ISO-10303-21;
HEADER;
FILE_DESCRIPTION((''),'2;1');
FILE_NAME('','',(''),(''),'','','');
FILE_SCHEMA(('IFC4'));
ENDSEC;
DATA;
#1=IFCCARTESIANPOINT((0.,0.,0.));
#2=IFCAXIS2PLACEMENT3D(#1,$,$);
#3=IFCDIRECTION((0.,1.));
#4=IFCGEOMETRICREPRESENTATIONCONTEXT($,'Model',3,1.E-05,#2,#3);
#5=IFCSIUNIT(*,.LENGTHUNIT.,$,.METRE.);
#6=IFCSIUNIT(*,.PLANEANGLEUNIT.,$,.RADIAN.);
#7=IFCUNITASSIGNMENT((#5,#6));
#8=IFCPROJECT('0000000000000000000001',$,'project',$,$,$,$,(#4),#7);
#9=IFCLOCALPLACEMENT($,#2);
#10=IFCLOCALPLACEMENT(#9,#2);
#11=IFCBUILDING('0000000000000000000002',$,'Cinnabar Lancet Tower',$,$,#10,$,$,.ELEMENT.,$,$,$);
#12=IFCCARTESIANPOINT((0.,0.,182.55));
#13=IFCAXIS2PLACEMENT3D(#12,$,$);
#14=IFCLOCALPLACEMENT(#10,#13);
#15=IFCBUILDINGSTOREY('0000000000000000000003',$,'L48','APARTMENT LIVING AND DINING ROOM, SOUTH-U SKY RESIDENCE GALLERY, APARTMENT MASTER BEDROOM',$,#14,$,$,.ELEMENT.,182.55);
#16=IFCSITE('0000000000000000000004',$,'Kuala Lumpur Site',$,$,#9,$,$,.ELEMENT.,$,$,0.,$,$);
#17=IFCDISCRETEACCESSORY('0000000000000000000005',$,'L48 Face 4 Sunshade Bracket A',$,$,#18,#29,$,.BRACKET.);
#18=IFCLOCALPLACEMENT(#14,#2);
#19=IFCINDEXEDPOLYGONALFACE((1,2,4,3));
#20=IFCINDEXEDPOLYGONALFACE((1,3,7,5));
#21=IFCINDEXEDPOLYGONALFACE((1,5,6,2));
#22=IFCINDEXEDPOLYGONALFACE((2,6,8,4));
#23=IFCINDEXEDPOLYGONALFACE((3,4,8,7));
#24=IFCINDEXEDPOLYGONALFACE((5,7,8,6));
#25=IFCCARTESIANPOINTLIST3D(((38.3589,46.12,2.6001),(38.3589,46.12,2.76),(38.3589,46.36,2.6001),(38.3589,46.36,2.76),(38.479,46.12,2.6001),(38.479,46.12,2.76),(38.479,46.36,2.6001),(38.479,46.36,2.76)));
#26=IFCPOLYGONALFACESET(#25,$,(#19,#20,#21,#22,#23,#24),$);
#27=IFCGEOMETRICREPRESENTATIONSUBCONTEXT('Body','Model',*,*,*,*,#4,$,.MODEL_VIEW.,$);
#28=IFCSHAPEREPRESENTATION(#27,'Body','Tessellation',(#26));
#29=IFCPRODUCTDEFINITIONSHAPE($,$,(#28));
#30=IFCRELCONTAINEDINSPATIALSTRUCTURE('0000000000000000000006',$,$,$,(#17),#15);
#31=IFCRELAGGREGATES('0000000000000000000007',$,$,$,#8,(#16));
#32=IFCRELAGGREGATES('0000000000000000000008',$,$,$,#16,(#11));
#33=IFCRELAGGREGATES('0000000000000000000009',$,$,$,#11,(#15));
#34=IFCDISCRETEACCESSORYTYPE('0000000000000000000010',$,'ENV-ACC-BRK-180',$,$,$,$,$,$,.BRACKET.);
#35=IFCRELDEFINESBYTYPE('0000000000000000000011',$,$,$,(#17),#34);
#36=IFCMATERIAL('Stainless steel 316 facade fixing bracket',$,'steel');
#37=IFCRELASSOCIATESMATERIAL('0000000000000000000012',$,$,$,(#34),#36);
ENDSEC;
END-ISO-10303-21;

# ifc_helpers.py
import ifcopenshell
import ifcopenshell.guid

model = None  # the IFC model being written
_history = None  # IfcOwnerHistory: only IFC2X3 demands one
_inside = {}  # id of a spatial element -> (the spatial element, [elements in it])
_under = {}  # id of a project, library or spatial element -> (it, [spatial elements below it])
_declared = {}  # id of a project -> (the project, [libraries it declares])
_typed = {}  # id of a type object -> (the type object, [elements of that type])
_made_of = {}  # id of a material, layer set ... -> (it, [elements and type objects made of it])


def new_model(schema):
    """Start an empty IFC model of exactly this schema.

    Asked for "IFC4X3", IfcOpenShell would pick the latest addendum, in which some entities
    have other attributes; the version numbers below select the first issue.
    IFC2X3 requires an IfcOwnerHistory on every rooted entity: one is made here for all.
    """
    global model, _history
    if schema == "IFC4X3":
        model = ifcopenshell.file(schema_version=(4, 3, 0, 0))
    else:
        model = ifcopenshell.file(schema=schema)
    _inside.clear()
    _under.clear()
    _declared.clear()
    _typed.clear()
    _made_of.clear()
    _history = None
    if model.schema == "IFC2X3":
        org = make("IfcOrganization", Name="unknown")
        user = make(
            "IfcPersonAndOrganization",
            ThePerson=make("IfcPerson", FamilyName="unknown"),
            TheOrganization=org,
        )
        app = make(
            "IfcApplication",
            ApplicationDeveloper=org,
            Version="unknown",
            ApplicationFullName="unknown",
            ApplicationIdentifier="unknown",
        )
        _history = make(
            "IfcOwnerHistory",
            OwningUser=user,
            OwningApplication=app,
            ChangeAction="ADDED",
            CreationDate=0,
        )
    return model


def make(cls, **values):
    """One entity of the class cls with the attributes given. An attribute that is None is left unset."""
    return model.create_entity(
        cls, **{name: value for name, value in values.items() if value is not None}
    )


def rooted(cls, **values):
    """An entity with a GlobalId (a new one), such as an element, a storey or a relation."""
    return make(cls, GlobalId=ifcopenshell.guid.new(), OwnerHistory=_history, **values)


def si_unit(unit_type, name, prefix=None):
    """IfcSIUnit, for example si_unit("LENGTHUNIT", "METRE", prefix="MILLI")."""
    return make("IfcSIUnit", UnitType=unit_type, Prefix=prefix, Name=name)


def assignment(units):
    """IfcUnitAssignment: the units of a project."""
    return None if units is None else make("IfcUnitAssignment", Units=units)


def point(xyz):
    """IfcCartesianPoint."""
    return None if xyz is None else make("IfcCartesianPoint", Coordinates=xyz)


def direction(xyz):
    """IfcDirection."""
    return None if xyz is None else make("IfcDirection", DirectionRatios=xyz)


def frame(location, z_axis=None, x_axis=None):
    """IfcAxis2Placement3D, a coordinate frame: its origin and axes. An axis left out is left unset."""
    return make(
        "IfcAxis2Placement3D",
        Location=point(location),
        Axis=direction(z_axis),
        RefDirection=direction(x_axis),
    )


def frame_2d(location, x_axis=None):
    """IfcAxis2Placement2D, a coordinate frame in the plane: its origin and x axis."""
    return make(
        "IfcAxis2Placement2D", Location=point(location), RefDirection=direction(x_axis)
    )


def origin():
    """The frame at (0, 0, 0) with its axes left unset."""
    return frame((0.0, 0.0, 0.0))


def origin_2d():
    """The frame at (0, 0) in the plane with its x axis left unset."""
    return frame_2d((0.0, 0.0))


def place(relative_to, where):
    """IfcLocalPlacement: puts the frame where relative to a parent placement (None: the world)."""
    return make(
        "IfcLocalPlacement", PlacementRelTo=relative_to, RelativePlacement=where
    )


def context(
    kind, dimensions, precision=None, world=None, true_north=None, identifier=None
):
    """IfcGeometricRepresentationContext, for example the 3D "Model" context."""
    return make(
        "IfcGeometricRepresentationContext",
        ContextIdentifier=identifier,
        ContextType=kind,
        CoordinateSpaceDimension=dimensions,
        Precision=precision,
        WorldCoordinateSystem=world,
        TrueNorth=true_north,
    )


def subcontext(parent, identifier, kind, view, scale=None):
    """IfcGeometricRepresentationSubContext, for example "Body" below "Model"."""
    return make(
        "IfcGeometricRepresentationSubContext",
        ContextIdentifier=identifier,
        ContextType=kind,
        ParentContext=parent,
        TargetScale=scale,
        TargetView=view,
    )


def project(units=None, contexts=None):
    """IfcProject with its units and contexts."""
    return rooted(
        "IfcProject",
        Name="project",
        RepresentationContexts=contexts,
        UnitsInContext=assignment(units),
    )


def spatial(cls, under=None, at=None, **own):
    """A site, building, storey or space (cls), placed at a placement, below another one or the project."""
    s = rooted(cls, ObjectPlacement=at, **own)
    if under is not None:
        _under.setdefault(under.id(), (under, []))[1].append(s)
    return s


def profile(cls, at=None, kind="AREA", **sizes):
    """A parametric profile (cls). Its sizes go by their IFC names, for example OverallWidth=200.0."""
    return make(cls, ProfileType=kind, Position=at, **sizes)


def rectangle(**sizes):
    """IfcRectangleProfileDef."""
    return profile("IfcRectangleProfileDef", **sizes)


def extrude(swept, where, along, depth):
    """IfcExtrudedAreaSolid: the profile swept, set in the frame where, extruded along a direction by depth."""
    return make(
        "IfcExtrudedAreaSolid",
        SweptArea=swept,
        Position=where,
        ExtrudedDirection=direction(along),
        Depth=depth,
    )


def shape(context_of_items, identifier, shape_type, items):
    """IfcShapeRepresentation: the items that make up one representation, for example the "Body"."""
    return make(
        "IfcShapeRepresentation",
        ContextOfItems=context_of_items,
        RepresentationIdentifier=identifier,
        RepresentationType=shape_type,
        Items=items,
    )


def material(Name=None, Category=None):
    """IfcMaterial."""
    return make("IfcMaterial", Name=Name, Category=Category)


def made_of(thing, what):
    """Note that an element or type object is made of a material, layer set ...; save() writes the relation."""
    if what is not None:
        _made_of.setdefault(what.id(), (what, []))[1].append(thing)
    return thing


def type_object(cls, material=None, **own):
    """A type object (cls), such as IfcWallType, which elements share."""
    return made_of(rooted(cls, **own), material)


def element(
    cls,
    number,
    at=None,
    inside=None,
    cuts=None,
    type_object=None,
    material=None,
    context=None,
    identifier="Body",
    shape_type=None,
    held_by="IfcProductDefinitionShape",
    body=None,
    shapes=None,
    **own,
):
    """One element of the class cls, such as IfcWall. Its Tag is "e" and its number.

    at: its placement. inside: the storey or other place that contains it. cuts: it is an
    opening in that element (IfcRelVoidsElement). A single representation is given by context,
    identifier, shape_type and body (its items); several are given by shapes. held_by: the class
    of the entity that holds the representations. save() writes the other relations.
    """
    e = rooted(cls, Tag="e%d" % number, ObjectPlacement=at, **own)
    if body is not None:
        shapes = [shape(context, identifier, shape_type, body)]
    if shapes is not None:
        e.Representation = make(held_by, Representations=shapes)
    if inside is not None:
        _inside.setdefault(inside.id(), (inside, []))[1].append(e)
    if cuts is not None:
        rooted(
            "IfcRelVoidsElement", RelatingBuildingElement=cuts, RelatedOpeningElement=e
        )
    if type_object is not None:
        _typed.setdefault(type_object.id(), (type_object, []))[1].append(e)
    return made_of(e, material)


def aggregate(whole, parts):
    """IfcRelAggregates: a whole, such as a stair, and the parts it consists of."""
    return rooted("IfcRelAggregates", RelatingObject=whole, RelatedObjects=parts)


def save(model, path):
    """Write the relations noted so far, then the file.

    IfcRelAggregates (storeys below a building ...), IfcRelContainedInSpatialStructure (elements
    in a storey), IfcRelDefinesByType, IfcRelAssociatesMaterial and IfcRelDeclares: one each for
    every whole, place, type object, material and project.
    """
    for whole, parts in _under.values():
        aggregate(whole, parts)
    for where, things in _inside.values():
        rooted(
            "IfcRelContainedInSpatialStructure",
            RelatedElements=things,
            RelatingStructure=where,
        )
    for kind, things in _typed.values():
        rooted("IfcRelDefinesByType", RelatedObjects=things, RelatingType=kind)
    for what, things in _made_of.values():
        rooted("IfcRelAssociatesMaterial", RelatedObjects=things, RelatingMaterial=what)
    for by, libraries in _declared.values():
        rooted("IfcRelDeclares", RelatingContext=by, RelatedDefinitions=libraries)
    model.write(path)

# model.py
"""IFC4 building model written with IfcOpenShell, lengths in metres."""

from ifc_helpers import new_model, si_unit, direction, frame, origin, origin_2d, place, context, subcontext, project, spatial, rectangle, extrude, material, type_object, element, save


model = new_model("IFC4")

# Units and contexts
model_context = context("Model", 3, precision=1e-05, world=origin(), true_north=direction((0.0, 1.0)))
body_context = subcontext(model_context, "Body", "Model", "MODEL_VIEW")
ifc_project = project(units=[si_unit("LENGTHUNIT", "METRE"), si_unit("PLANEANGLEUNIT", "RADIAN")], contexts=[model_context])

# Site, building, storey
site_placement = place(None, origin())
site = spatial("IfcSite", under=ifc_project, at=site_placement, Name="Kuala Lumpur Site", CompositionType="ELEMENT", RefElevation=0.0)
building_placement = place(site_placement, origin())
building = spatial("IfcBuilding", under=site, at=building_placement, Name="Cinnabar Lancet Tower", CompositionType="ELEMENT")
storey_placement = place(building_placement, frame((0.0, 0.0, 182.55)))
storey = spatial("IfcBuildingStorey", under=building, at=storey_placement, Name="L48", Description="APARTMENT LIVING AND DINING ROOM, SOUTH-U SKY RESIDENCE GALLERY, APARTMENT MASTER BEDROOM", CompositionType="ELEMENT", Elevation=182.55)

# Discrete accessory
ifc_material_1 = material(Name="Stainless steel 316 facade fixing bracket", Category="steel")
discrete_accessory_type = type_object("IfcDiscreteAccessoryType", Name="ENV-ACC-BRK-180", PredefinedType="BRACKET", material=ifc_material_1)
discrete_accessory_placement = place(storey_placement, frame((38.4189, 46.24, 2.6001), z_axis=(0.0, 0.0, 1.0), x_axis=(-1.0, 0.0, 0.0)))
element("IfcDiscreteAccessory", 1, at=discrete_accessory_placement, inside=storey, type_object=discrete_accessory_type, Name="L48 Face 4 Sunshade Bracket A", PredefinedType="BRACKET", context=body_context, shape_type="SweptSolid", body=[
    extrude(rectangle(XDim=0.1201, YDim=0.24, at=origin_2d()), origin(), (0.0, 0.0, 1.0), 0.1599),
])

save(model, "model.ifc")
